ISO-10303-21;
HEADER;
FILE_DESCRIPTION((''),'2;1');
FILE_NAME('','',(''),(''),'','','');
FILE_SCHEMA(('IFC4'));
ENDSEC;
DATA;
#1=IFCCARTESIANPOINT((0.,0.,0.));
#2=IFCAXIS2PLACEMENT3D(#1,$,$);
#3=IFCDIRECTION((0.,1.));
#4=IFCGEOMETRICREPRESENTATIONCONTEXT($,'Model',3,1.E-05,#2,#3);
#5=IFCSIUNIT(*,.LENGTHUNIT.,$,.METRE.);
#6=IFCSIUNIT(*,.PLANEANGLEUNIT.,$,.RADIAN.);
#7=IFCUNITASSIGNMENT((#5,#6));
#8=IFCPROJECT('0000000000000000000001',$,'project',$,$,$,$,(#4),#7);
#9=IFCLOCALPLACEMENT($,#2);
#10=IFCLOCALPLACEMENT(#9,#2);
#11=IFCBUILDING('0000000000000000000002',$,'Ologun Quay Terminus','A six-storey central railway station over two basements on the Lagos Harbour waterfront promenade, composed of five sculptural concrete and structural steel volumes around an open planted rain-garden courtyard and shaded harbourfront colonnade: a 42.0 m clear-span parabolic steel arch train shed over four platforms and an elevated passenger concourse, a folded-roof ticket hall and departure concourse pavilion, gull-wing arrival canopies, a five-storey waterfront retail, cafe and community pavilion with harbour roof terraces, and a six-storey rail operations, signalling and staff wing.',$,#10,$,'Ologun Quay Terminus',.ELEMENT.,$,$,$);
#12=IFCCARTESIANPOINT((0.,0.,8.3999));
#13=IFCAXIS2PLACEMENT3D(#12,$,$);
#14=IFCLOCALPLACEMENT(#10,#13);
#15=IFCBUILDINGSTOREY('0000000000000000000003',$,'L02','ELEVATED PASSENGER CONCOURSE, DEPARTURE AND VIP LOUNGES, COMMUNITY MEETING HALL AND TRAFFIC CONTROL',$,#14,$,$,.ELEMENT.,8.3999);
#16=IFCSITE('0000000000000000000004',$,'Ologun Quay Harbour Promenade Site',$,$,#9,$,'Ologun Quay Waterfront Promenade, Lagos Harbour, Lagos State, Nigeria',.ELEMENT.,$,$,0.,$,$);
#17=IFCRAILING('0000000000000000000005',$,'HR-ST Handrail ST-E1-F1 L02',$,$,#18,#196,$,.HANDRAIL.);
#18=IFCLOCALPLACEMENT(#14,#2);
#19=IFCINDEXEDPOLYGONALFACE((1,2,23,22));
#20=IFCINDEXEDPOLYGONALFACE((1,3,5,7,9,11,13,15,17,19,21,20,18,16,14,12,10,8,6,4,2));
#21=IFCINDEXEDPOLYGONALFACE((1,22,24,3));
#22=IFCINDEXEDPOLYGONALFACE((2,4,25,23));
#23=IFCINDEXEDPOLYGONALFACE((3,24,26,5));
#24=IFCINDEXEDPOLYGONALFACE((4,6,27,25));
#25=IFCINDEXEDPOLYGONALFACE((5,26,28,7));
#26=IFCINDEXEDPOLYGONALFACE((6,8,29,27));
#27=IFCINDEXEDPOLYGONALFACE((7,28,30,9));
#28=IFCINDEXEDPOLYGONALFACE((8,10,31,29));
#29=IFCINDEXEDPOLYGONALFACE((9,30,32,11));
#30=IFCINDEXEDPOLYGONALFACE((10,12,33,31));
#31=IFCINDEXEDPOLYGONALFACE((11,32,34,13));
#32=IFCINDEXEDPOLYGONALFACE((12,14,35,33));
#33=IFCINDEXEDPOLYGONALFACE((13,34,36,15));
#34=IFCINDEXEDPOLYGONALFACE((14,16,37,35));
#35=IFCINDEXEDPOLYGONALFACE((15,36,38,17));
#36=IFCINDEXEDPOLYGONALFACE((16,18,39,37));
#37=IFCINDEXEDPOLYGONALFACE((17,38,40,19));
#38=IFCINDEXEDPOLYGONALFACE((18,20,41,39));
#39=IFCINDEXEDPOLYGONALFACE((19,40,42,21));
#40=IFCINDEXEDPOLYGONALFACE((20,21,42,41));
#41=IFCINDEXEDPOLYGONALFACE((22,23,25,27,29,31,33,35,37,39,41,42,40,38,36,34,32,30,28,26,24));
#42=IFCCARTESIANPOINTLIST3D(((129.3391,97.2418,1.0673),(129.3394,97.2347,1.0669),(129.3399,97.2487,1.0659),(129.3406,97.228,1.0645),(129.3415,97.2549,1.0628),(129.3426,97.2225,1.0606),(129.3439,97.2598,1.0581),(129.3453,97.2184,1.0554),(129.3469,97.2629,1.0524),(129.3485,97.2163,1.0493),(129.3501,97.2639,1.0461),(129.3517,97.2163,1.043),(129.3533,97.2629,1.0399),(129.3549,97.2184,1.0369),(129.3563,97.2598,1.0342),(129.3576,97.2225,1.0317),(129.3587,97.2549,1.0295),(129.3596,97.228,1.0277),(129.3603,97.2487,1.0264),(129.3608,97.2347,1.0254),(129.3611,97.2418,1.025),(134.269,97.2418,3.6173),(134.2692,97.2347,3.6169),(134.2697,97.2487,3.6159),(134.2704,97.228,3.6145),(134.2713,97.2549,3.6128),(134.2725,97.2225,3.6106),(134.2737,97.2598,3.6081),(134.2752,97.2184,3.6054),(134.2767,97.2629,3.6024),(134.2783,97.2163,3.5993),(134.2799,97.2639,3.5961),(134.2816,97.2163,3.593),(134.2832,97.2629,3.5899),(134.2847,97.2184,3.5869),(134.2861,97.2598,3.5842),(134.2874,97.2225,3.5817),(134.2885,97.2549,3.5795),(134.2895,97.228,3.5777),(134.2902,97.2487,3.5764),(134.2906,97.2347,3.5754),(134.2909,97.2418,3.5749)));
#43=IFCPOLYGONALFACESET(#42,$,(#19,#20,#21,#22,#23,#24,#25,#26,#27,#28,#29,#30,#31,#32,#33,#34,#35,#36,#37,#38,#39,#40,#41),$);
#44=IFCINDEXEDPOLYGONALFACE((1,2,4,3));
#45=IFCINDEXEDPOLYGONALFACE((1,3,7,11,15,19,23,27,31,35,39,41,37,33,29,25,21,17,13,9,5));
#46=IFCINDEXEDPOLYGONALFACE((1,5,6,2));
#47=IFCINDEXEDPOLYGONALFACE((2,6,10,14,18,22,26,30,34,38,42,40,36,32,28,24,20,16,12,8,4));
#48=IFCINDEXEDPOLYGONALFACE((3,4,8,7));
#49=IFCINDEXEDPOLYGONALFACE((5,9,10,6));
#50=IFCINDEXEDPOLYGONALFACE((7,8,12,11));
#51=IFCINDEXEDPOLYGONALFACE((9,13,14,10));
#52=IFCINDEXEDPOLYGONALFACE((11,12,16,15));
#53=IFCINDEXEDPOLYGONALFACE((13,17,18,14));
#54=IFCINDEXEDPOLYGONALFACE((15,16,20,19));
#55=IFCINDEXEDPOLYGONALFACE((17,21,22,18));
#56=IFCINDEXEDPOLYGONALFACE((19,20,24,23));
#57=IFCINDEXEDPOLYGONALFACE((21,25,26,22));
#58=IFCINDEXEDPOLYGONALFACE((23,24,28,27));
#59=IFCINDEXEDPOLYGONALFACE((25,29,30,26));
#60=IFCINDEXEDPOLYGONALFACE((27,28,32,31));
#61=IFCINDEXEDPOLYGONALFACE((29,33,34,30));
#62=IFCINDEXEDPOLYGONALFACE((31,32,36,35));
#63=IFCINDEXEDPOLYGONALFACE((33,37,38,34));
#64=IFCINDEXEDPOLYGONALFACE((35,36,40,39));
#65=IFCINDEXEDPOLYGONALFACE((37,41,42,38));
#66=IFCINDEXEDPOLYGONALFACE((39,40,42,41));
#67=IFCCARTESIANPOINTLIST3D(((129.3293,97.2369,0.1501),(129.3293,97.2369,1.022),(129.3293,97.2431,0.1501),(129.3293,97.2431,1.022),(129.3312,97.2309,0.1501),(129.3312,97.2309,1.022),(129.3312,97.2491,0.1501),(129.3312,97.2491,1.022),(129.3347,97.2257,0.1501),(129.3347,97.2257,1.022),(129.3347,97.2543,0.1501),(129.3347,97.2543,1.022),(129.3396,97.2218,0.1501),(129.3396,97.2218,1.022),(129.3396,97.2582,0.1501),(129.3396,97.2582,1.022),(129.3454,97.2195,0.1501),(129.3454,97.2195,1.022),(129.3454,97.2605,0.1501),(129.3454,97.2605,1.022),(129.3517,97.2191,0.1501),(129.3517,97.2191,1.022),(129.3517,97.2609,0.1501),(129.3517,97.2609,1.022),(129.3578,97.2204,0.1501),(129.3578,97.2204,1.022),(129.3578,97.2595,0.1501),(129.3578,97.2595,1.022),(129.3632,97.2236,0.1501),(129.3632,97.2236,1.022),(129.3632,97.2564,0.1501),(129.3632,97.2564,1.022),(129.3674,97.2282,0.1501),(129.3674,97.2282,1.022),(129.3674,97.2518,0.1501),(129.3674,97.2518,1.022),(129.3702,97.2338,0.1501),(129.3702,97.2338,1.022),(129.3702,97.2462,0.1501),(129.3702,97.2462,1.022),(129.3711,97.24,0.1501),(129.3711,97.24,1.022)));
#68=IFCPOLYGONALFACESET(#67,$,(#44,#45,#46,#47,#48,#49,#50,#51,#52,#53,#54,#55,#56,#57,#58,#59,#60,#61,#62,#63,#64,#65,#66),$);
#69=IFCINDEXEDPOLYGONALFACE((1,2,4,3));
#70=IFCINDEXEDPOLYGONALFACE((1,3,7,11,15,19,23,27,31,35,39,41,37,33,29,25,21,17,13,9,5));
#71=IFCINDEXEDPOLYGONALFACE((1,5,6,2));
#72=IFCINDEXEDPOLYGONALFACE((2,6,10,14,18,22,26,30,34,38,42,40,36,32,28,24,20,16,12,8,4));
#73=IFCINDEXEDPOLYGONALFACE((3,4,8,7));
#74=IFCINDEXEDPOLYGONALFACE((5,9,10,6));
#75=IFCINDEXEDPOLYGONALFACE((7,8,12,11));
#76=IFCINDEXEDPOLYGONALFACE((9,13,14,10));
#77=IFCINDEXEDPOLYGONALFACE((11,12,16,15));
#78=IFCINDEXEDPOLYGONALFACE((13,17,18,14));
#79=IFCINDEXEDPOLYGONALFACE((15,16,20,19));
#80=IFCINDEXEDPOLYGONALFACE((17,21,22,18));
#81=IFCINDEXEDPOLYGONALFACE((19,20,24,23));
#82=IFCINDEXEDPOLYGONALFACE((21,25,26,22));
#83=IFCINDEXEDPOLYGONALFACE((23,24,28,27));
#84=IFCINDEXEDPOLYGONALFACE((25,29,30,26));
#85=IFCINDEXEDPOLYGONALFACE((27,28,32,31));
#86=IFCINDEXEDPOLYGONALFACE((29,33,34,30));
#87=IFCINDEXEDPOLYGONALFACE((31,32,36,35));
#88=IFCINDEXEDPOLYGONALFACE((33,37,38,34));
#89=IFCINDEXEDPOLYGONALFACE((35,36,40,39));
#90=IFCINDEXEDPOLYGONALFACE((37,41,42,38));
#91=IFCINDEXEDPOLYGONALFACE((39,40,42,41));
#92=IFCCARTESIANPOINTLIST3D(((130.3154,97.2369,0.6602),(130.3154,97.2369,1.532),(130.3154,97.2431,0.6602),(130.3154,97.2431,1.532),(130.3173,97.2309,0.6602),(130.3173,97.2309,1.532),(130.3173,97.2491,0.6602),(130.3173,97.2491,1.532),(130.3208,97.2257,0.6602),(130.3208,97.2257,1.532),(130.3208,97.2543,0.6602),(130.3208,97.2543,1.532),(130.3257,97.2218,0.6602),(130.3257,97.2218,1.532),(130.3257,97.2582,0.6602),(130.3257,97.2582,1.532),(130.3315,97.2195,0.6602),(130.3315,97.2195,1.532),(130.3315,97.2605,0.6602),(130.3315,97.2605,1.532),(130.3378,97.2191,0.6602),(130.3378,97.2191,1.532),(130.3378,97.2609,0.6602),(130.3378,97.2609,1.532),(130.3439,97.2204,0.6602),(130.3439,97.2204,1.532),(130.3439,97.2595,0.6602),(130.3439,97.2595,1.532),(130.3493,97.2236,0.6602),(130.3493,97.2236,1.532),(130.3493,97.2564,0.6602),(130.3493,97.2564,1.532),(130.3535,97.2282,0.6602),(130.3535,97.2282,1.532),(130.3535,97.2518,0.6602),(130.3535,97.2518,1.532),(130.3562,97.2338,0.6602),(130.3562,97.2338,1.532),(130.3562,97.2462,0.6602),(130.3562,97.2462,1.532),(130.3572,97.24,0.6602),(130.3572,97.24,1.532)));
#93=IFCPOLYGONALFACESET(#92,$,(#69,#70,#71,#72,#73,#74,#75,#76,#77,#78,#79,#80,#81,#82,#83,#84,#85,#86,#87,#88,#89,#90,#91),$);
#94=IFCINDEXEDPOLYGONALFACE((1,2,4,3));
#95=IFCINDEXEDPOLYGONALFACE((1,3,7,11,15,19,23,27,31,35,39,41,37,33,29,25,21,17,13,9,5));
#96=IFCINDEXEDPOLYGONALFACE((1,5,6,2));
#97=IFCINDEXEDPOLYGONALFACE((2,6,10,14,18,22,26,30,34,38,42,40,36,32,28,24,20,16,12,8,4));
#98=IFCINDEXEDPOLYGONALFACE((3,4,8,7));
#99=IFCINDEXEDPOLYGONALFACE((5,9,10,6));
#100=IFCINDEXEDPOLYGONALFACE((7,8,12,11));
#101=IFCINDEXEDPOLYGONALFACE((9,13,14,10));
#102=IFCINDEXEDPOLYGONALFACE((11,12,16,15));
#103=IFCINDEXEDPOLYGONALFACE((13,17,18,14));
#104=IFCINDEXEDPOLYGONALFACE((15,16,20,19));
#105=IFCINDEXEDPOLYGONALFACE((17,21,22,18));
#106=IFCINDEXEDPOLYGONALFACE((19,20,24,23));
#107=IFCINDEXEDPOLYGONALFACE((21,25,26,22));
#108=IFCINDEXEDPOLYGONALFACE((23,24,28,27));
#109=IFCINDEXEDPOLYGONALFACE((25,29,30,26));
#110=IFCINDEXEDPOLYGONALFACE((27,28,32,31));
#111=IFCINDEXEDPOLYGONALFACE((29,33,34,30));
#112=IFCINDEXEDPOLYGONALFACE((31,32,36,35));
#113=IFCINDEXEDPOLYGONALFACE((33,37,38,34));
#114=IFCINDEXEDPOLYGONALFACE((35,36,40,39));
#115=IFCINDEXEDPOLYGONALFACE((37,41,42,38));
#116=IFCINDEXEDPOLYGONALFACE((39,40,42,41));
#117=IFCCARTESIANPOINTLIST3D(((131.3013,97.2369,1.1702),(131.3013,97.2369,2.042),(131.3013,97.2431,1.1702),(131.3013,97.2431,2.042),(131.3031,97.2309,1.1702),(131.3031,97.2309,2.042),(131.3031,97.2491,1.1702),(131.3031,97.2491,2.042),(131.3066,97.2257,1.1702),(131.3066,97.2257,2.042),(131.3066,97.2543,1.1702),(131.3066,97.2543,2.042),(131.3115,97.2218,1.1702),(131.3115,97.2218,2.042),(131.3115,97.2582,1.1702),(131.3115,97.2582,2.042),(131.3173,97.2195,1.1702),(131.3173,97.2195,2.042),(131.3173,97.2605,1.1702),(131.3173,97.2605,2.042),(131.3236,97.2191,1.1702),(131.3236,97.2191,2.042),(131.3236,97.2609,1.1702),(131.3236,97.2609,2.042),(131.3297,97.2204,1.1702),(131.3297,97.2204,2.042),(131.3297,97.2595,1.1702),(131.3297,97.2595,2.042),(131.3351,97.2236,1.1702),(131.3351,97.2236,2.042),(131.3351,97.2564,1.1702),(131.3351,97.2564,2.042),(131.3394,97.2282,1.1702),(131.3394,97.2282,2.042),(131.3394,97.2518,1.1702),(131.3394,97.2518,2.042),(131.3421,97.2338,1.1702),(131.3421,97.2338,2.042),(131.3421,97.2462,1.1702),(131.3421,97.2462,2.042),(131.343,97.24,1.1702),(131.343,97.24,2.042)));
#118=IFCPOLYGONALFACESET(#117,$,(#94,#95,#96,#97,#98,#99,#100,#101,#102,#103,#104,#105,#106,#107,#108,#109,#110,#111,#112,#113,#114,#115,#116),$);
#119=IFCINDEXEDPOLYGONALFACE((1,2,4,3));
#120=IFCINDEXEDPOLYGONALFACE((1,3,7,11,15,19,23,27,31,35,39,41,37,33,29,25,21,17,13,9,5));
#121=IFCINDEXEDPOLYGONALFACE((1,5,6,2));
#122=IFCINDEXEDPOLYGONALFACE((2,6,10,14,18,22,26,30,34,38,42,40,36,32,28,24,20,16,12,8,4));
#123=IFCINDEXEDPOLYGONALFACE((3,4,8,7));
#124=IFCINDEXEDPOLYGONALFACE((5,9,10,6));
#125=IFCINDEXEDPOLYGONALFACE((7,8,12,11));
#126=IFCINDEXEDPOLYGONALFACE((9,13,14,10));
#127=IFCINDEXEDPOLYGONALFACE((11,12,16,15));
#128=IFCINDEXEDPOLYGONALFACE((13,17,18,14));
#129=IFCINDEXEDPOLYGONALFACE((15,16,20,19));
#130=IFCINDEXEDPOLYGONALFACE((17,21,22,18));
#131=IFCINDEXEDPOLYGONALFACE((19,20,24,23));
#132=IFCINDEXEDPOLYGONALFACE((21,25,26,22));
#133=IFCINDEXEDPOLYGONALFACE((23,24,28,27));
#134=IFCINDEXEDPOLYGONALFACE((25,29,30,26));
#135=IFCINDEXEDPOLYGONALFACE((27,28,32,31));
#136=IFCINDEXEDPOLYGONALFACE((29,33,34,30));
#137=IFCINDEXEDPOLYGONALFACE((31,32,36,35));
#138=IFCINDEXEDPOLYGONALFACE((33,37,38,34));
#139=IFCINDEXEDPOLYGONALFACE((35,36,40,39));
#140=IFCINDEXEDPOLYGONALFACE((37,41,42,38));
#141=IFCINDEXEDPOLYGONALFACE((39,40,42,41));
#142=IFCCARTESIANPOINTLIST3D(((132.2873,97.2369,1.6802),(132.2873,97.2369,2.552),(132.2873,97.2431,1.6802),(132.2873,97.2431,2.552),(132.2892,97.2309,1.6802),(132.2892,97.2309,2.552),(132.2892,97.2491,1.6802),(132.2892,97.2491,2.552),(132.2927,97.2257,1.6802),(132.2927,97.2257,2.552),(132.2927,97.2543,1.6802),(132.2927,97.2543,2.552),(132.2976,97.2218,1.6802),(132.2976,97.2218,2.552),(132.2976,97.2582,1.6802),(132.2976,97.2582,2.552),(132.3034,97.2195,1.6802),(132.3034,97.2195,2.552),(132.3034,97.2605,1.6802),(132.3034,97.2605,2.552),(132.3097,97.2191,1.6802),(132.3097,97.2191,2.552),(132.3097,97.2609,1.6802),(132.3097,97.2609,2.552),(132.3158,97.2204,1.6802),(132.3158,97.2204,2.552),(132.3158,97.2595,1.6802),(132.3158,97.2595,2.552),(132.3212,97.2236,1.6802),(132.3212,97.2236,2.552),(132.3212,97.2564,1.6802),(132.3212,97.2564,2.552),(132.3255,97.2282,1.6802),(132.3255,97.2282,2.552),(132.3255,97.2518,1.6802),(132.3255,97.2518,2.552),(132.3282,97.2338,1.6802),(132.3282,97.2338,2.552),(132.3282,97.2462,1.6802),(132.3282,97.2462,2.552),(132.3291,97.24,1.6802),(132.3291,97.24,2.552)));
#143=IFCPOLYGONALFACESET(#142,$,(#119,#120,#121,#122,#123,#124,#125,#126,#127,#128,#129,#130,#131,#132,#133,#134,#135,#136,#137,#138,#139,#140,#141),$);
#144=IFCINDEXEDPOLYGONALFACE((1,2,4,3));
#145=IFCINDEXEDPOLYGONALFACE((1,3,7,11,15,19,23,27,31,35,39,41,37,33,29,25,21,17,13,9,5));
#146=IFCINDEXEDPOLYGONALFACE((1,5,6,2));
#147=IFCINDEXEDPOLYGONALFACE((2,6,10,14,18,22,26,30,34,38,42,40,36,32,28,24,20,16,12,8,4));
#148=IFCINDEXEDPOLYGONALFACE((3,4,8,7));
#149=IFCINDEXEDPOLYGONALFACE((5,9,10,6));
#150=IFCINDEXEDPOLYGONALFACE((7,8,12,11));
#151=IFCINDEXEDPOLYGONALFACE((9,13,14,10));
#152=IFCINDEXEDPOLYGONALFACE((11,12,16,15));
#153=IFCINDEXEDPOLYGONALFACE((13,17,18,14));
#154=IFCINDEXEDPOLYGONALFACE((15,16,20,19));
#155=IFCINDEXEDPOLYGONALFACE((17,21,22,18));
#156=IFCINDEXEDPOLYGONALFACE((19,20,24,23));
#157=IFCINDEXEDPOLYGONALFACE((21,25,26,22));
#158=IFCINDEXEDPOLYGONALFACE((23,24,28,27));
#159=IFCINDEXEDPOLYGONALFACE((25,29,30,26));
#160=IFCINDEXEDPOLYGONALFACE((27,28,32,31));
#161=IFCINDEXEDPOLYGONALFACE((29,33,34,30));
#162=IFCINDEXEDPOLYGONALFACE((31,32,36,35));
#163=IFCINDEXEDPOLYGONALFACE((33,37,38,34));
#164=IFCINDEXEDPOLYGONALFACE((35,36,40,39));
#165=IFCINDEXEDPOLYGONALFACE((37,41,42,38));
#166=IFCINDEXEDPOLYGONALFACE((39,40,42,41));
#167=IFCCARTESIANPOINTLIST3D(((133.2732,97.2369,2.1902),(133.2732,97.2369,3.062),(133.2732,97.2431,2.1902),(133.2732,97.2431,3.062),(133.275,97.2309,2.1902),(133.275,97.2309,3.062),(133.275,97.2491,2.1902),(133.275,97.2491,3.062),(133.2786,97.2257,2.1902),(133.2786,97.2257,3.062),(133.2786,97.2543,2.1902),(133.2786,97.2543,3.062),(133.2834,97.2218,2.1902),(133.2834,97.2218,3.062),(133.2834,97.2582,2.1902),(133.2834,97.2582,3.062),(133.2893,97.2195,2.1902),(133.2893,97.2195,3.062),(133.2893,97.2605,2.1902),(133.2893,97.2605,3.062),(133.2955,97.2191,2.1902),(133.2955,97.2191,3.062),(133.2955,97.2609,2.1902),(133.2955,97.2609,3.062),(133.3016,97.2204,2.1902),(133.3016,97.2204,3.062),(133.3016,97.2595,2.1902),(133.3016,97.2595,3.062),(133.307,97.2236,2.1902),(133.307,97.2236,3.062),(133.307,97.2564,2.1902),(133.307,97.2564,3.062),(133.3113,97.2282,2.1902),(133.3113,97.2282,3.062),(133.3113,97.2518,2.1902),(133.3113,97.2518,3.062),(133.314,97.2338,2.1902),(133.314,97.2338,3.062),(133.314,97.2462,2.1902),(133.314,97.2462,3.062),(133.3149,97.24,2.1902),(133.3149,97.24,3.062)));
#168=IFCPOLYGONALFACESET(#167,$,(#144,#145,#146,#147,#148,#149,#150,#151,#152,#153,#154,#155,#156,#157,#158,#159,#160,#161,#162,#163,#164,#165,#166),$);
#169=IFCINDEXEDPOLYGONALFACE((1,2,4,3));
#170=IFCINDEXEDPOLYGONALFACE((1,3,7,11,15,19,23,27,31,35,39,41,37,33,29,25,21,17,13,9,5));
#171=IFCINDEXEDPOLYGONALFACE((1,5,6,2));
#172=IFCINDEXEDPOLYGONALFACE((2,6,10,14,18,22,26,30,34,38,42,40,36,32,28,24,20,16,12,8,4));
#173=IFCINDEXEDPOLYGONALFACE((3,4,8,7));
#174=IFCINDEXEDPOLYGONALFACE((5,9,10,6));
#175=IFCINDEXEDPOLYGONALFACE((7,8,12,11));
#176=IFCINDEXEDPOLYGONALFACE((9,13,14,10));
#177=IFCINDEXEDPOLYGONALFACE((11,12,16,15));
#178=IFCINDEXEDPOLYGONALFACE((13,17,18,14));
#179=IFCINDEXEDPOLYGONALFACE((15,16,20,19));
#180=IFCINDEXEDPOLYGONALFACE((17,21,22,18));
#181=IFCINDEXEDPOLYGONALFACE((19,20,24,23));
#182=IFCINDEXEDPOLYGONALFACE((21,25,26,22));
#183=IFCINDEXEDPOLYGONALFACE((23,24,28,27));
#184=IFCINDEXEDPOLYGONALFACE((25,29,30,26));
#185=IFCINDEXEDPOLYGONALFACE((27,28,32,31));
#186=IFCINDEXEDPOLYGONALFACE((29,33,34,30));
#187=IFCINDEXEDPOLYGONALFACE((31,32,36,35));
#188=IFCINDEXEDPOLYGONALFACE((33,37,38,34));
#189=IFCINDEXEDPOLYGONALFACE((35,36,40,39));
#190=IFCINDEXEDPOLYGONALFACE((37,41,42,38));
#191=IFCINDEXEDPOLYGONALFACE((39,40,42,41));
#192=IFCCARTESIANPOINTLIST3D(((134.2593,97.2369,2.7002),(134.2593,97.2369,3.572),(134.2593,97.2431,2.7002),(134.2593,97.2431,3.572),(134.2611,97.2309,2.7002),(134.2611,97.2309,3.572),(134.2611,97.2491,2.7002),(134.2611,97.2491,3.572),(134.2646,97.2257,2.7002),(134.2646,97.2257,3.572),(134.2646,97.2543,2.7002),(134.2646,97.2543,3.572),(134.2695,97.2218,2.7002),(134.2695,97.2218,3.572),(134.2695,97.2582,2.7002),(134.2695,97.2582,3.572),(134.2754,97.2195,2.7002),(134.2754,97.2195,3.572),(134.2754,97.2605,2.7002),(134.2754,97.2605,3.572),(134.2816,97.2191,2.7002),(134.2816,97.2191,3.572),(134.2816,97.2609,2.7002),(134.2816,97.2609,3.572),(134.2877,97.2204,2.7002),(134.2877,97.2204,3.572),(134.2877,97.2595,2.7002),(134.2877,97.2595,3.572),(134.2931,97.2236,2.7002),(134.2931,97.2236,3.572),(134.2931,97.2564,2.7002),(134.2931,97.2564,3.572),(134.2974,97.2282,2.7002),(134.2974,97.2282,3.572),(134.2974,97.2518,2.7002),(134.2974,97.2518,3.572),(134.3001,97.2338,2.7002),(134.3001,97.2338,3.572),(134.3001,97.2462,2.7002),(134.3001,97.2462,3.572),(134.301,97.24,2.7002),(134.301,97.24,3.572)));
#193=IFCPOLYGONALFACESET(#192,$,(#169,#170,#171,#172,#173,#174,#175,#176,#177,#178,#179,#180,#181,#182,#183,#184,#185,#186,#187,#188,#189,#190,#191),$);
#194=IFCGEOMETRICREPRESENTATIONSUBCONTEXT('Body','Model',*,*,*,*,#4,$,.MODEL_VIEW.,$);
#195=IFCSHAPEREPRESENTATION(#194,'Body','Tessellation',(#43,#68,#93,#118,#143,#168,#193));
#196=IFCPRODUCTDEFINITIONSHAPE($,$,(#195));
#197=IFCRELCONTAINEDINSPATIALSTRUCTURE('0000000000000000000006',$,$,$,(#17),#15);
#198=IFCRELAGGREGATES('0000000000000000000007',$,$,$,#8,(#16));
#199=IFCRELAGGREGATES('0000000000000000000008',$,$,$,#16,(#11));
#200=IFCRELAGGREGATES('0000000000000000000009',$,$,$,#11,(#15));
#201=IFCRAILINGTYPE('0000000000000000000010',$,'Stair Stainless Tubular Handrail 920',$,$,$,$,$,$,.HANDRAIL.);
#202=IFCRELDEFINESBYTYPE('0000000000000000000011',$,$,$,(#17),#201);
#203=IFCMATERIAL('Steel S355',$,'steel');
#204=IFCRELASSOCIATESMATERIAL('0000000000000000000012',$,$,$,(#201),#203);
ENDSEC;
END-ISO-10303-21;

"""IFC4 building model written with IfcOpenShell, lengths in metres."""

from ifc_helpers import new_model, si_unit, direction, frame, origin, origin_2d, place, context, subcontext, project, spatial, circle, extrude, material, type_object, element, save


model = new_model("IFC4")

# Units and contexts
model_context = context("Model", 3, precision=1e-05, world=origin(), true_north=direction((0.0, 1.0)))
body_context = subcontext(model_context, "Body", "Model", "MODEL_VIEW")
ifc_project = project(units=[si_unit("LENGTHUNIT", "METRE"), si_unit("PLANEANGLEUNIT", "RADIAN")], contexts=[model_context])

# Site, building, storey
site_placement = place(None, origin())
site = spatial("IfcSite", under=ifc_project, at=site_placement, Name="Ologun Quay Harbour Promenade Site", LongName="Ologun Quay Waterfront Promenade, Lagos Harbour, Lagos State, Nigeria", CompositionType="ELEMENT", RefElevation=0.0)
building_placement = place(site_placement, origin())
building = spatial("IfcBuilding", under=site, at=building_placement, Name="Ologun Quay Terminus", Description="A six-storey central railway station over two basements on the Lagos Harbour waterfront promenade, composed of five sculptural concrete and structural steel volumes around an open planted rain-garden courtyard and shaded harbourfront colonnade: a 42.0 m clear-span parabolic steel arch train shed over four platforms and an elevated passenger concourse, a folded-roof ticket hall and departure concourse pavilion, gull-wing arrival canopies, a five-storey waterfront retail, cafe and community pavilion with harbour roof terraces, and a six-storey rail operations, signalling and staff wing.", LongName="Ologun Quay Terminus", CompositionType="ELEMENT")
storey_placement = place(building_placement, frame((0.0, 0.0, 8.3999)))
storey = spatial("IfcBuildingStorey", under=building, at=storey_placement, Name="L02", Description="ELEVATED PASSENGER CONCOURSE, DEPARTURE AND VIP LOUNGES, COMMUNITY MEETING HALL AND TRAFFIC CONTROL", CompositionType="ELEMENT", Elevation=8.3999)

# Railing
ifc_material_1 = material(Name="Steel S355", Category="steel")
railing_type_1 = type_object("IfcRailingType", Name="Stair Stainless Tubular Handrail 920", PredefinedType="HANDRAIL", material=ifc_material_1)
railing_1_placement = place(storey_placement, frame((129.3501, 97.24, 0.1501)))
element("IfcRailing", 1, at=railing_1_placement, inside=storey, type_object=railing_type_1, Name="HR-ST Handrail ST-E1-F1 L02", PredefinedType="HANDRAIL", context=body_context, shape_type="SweptSolid", body=[
    extrude(circle(Radius=0.0239, at=origin_2d()), frame((0.0, 0.0, 0.896), z_axis=(0.888211, 0.0, 0.459435), x_axis=(0.0, 1.0, 0.0)), (0.0, 0.0, 1.0), 5.5503),
    extrude(circle(Radius=0.021, at=origin_2d()), origin(), (0.0, 0.0, 1.0), 0.8718),
    extrude(circle(Radius=0.021, at=origin_2d()), frame((0.9861, 0.0, 0.51)), (0.0, 0.0, 1.0), 0.8718),
    extrude(circle(Radius=0.021, at=origin_2d()), frame((1.9719, 0.0, 1.02)), (0.0, 0.0, 1.0), 0.8718),
    extrude(circle(Radius=0.021, at=origin_2d()), frame((2.958, 0.0, 1.53)), (0.0, 0.0, 1.0), 0.8718),
    extrude(circle(Radius=0.021, at=origin_2d()), frame((3.9438, 0.0, 2.04)), (0.0, 0.0, 1.0), 0.8718),
    extrude(circle(Radius=0.021, at=origin_2d()), frame((4.9299, 0.0, 2.55)), (0.0, 0.0, 1.0), 0.8718),
])

save(model, "model.ifc")
